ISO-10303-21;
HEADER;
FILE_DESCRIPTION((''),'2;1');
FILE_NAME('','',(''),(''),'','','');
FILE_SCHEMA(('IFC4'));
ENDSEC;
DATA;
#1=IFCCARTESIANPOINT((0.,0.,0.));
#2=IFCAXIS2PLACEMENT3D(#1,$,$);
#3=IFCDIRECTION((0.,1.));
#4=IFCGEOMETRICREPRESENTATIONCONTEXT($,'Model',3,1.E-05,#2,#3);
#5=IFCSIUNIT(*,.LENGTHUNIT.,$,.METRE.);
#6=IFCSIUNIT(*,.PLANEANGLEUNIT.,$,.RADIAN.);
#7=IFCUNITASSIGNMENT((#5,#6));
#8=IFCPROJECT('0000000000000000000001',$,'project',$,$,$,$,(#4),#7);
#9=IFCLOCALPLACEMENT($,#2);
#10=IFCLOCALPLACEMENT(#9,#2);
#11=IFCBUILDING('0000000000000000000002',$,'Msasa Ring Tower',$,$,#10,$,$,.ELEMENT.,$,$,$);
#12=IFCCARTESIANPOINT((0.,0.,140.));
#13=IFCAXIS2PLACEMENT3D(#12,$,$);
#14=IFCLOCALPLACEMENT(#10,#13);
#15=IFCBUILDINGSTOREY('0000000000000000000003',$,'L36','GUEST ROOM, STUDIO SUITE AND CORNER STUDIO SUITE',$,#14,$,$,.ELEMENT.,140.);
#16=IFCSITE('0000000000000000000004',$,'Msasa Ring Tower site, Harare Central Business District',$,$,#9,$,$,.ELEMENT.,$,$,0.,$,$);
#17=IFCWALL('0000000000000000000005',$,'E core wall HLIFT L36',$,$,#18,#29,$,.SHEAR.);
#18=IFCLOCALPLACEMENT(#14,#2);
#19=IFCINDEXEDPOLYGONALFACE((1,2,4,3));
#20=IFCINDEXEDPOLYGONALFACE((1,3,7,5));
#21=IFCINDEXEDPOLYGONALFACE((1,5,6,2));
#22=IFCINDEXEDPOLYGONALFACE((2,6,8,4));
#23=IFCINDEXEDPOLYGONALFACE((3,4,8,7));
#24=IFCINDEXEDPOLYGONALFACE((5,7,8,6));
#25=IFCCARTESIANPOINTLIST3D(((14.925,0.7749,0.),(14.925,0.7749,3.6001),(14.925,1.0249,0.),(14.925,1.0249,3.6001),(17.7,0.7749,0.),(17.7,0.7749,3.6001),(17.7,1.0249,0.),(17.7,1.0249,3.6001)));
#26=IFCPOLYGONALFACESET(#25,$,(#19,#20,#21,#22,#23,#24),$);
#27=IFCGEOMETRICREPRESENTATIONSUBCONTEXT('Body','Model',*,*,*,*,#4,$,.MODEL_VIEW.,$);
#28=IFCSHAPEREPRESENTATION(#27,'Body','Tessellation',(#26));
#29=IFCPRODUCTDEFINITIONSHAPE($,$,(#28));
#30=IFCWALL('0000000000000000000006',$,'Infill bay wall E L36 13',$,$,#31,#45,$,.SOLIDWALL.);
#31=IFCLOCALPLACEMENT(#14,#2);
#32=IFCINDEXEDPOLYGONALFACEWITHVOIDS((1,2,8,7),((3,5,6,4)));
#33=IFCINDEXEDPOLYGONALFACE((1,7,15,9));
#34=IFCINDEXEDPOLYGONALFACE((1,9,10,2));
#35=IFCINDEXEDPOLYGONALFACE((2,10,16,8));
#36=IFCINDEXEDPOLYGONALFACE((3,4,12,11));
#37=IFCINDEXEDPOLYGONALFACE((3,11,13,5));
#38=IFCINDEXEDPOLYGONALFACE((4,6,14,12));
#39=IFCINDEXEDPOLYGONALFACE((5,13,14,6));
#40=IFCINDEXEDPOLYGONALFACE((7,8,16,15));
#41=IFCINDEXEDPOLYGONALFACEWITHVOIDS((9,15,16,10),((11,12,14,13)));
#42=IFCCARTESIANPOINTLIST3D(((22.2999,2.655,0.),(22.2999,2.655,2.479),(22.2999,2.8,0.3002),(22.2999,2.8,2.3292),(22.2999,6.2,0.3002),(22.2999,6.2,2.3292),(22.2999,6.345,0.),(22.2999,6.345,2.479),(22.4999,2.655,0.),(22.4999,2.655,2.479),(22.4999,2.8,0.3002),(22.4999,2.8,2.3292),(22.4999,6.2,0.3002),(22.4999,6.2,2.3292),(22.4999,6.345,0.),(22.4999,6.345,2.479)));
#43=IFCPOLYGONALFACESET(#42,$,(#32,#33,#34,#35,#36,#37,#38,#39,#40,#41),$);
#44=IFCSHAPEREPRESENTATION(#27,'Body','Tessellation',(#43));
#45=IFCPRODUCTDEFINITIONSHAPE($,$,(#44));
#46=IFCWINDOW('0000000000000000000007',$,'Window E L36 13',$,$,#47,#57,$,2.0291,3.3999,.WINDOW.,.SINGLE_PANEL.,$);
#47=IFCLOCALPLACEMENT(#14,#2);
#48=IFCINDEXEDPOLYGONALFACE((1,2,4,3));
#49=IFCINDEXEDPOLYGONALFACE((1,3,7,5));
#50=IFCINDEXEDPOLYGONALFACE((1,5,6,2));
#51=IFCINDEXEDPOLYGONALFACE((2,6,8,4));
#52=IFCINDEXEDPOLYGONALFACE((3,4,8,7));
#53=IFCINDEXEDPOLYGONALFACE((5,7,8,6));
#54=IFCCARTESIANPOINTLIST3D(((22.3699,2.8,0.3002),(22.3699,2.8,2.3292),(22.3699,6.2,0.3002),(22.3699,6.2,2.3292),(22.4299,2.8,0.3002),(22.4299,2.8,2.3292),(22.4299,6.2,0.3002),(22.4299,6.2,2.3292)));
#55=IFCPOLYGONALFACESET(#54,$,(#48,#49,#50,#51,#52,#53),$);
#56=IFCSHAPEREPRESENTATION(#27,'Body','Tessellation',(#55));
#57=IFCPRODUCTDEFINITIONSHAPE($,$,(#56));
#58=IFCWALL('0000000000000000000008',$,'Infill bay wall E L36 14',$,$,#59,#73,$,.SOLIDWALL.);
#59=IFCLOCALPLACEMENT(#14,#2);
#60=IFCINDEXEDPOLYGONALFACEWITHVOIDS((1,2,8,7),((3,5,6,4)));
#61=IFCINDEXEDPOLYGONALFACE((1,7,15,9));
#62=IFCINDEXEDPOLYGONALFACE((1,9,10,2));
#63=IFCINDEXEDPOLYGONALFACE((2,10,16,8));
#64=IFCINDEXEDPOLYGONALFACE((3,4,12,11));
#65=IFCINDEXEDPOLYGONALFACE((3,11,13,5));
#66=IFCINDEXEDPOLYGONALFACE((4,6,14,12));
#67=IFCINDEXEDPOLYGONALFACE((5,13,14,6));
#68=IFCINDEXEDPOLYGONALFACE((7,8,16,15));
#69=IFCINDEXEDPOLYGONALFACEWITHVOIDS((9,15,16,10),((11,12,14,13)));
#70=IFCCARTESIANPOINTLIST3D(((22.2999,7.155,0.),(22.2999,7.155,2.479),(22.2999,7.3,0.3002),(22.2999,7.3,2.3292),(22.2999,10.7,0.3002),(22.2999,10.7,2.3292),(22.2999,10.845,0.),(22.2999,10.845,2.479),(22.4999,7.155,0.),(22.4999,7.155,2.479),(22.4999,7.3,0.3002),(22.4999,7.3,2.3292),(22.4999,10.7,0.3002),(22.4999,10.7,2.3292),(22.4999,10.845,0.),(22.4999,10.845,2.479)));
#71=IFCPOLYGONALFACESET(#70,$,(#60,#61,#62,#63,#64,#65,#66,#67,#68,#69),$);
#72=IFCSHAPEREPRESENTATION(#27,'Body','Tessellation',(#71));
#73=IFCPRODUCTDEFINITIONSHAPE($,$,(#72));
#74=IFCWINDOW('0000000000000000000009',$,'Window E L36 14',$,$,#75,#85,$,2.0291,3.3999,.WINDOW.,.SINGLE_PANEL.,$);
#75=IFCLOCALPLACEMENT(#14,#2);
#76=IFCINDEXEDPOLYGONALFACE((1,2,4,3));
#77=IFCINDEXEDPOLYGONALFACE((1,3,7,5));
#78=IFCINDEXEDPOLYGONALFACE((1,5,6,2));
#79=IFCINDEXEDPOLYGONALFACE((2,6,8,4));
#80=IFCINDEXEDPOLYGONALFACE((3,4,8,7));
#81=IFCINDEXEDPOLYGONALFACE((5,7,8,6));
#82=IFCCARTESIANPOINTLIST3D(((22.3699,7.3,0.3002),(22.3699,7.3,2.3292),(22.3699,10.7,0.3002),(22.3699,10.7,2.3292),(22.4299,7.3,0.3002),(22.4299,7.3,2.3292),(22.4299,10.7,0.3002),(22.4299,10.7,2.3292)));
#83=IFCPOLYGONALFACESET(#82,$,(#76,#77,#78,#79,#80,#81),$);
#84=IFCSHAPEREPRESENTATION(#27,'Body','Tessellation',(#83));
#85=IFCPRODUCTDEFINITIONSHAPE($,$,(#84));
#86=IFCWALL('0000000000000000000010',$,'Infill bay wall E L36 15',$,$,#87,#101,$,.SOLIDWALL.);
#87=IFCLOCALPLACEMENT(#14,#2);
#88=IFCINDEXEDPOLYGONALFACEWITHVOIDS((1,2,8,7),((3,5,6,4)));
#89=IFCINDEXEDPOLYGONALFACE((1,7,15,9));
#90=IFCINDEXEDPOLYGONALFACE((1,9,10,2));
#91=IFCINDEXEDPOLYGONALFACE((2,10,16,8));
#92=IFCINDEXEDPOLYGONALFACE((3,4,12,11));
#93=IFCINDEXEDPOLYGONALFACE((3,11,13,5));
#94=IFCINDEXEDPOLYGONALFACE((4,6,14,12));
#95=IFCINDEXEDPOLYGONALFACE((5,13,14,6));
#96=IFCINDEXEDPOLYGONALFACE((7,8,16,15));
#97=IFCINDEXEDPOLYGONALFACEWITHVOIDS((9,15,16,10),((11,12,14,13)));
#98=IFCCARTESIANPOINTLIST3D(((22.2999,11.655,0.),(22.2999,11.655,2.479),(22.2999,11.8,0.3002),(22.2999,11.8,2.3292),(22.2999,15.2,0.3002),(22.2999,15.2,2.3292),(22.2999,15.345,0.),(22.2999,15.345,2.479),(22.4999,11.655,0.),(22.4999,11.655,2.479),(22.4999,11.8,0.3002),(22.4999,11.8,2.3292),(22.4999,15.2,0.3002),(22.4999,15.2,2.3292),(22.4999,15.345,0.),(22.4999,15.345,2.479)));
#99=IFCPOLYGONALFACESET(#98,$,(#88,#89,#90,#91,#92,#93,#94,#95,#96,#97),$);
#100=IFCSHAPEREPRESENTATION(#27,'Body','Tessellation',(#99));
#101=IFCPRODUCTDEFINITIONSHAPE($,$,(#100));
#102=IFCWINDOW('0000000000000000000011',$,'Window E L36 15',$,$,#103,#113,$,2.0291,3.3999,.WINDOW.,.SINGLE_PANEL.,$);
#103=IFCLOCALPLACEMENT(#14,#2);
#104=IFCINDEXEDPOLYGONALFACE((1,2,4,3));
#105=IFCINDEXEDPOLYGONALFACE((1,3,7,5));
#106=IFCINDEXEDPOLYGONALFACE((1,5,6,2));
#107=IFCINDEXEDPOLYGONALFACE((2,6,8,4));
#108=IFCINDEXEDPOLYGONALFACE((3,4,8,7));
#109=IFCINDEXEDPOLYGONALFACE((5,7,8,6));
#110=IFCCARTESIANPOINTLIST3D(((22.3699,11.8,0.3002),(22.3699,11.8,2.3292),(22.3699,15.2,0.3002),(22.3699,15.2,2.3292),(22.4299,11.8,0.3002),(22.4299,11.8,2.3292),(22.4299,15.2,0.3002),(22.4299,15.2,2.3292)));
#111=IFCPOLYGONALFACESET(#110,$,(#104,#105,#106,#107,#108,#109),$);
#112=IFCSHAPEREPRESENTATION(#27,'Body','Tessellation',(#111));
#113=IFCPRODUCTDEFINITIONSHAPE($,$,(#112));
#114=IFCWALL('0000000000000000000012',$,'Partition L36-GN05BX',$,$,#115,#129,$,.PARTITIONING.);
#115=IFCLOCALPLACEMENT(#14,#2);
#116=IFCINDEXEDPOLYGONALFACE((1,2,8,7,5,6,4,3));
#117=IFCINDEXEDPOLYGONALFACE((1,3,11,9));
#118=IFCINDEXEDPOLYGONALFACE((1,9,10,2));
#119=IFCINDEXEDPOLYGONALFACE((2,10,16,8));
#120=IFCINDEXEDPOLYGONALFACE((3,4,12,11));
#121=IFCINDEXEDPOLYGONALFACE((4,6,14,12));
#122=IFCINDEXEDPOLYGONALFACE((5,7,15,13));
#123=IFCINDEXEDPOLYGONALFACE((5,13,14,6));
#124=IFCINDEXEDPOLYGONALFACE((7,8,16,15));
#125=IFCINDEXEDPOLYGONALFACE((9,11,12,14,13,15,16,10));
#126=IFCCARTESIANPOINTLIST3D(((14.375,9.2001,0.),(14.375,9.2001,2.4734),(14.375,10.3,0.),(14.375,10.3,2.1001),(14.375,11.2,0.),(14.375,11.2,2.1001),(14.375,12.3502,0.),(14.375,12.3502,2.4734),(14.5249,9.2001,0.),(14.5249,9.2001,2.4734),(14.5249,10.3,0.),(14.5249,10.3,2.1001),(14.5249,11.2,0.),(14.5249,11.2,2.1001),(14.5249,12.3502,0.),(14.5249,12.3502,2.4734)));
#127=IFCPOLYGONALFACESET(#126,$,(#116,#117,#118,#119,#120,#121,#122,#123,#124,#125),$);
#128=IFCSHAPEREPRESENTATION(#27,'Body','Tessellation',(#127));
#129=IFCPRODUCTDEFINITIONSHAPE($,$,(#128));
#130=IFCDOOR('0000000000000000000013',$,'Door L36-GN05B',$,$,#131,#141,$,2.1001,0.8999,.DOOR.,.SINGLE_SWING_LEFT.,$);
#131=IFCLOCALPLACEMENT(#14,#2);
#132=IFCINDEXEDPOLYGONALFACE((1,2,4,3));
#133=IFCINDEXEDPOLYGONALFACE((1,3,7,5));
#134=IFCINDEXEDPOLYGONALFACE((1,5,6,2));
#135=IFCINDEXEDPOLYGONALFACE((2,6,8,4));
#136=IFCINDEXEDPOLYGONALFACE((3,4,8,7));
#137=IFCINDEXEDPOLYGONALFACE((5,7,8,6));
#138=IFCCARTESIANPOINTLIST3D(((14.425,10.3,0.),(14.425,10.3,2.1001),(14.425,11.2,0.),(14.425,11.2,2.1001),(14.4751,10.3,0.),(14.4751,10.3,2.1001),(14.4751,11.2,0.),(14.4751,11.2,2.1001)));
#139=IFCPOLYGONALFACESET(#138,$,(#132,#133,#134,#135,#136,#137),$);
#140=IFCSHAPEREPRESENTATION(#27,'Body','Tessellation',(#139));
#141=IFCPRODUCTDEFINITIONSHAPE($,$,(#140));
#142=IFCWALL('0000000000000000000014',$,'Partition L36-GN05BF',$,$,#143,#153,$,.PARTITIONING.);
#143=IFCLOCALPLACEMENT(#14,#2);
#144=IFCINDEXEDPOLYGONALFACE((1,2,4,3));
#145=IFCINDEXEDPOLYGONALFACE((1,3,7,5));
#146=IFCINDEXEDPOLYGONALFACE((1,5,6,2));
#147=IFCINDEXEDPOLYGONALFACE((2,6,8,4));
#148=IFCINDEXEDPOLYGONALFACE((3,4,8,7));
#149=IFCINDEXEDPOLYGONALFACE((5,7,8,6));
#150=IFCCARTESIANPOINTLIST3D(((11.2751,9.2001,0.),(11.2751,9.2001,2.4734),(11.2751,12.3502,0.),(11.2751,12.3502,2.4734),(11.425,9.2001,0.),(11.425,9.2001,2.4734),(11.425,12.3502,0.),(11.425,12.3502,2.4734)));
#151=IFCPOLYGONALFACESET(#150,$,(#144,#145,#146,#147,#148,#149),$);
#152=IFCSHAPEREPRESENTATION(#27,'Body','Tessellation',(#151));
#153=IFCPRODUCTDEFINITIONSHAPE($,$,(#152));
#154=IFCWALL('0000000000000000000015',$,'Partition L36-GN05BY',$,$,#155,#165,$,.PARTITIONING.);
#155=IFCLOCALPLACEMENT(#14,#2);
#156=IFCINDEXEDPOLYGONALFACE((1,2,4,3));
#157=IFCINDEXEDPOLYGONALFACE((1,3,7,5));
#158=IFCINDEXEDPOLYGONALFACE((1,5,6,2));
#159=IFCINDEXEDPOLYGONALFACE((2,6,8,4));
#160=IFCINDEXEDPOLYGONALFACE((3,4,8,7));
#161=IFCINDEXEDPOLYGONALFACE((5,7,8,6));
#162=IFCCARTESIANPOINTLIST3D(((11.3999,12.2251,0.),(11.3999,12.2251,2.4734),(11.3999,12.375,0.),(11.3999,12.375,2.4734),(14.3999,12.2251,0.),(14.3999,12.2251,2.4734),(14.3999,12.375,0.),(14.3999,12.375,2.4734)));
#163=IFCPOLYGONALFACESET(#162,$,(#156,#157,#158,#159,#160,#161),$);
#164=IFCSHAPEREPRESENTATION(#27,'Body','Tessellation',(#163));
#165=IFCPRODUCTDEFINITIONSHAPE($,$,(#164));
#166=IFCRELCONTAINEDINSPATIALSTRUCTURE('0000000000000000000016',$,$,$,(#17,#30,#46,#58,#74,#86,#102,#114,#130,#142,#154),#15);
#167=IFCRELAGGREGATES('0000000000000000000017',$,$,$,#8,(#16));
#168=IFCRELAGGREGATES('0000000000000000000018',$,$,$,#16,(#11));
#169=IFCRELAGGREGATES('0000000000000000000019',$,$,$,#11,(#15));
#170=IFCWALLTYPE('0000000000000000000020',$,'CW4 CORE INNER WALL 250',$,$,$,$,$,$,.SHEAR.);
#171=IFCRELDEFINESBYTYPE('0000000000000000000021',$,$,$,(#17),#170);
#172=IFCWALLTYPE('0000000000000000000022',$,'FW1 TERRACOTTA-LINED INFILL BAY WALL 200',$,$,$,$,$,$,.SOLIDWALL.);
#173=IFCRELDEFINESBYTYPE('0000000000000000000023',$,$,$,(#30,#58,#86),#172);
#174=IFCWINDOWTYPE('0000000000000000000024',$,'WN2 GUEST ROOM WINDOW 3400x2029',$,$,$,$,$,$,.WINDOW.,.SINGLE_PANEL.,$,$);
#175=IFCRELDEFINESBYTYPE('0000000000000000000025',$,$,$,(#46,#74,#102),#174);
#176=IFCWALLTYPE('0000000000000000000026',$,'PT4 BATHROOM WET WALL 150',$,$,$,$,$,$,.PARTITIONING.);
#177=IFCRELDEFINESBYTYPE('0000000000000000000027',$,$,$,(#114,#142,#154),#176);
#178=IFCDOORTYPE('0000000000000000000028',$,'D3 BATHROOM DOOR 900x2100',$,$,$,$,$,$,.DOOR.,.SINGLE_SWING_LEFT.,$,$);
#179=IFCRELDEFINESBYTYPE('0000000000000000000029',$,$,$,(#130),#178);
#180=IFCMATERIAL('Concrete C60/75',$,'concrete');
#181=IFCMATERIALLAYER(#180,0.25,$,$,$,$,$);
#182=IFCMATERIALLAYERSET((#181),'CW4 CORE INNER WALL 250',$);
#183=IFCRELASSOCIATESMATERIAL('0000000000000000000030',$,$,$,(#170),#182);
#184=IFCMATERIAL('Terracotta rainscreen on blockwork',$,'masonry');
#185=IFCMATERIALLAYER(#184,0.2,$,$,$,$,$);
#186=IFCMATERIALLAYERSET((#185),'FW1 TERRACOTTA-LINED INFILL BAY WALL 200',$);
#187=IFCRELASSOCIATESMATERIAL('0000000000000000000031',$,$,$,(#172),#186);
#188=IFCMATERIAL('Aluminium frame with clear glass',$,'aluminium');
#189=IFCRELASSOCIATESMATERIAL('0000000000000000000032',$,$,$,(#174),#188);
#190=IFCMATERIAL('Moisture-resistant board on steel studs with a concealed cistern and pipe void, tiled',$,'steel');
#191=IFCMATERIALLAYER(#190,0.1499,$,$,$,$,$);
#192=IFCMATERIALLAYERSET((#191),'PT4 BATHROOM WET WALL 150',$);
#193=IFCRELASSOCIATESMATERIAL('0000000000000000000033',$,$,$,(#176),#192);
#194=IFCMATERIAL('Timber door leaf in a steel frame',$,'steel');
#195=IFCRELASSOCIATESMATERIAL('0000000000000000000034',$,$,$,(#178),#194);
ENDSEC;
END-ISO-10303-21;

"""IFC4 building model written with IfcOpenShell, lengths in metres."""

from ifc_helpers import new_model, si_unit, direction, frame, frame_2d, origin, place, context, subcontext, project, spatial, rectangle, extrude, material, layer, layer_set, type_object, element, fill, save


model = new_model("IFC4")

# Units and contexts
model_context = context("Model", 3, precision=1e-05, world=origin(), true_north=direction((0.0, 1.0)))
body_context = subcontext(model_context, "Body", "Model", "MODEL_VIEW")
ifc_project = project(units=[si_unit("LENGTHUNIT", "METRE"), si_unit("PLANEANGLEUNIT", "RADIAN")], contexts=[model_context])

# Site, building, storey
site_placement = place(None, origin())
site = spatial("IfcSite", under=ifc_project, at=site_placement, Name="Msasa Ring Tower site, Harare Central Business District", CompositionType="ELEMENT", RefElevation=0.0)
building_placement = place(site_placement, origin())
building = spatial("IfcBuilding", under=site, at=building_placement, Name="Msasa Ring Tower", CompositionType="ELEMENT")
storey_placement = place(building_placement, frame((0.0, 0.0, 140.0)))
storey = spatial("IfcBuildingStorey", under=building, at=storey_placement, Name="L36", Description="GUEST ROOM, STUDIO SUITE AND CORNER STUDIO SUITE", CompositionType="ELEMENT", Elevation=140.0)

# Wall
ifc_material_1 = material(Name="Concrete C60/75", Category="concrete")
ifc_layer_1 = layer(ifc_material_1, 0.25)
ifc_layer_set_1 = layer_set([ifc_layer_1], Name="CW4 CORE INNER WALL 250")
wall_type_1 = type_object("IfcWallType", Name="CW4 CORE INNER WALL 250", PredefinedType="SHEAR", material=ifc_layer_set_1)
wall_1_placement = place(storey_placement, frame((14.925, 0.8999, 0.0), z_axis=(0.0, 0.0, 1.0), x_axis=(1.0, 0.0, 0.0)))
element("IfcWall", 1, at=wall_1_placement, inside=storey, type_object=wall_type_1, Name="E core wall HLIFT L36", PredefinedType="SHEAR", context=body_context, shape_type="SweptSolid", body=[
    extrude(rectangle(XDim=2.7749, YDim=0.25, at=frame_2d((1.3875, 0.0))), origin(), (0.0, 0.0, 1.0), 3.6001),
])

# Walls, openings, windows
ifc_material_2 = material(Name="Terracotta rainscreen on blockwork", Category="masonry")
ifc_layer_2 = layer(ifc_material_2, 0.2)
ifc_layer_set_2 = layer_set([ifc_layer_2], Name="FW1 TERRACOTTA-LINED INFILL BAY WALL 200")
wall_type_2 = type_object("IfcWallType", Name="FW1 TERRACOTTA-LINED INFILL BAY WALL 200", PredefinedType="SOLIDWALL", material=ifc_layer_set_2)
wall_2_placement = place(storey_placement, frame((22.3999, 2.655, 0.0), z_axis=(0.0, 0.0, 1.0), x_axis=(0.0, 1.0, 0.0)))
wall_2 = element("IfcWall", 2, at=wall_2_placement, inside=storey, type_object=wall_type_2, Name="Infill bay wall E L36 13", PredefinedType="SOLIDWALL", context=body_context, shape_type="SweptSolid", body=[
    extrude(rectangle(XDim=3.6899, YDim=0.2, at=frame_2d((1.845, 0.0))), origin(), (0.0, 0.0, 1.0), 2.479),
])
opening_1_placement = place(wall_2_placement, frame((0.145, 0.0, 0.3)))
opening_1 = element("IfcOpeningElement", 3, at=opening_1_placement, cuts=wall_2, PredefinedType="OPENING", context=body_context, shape_type="SweptSolid", body=[
    extrude(rectangle(XDim=3.3999, YDim=2.0291, at=frame_2d((1.7, 1.0146))), frame((0.0, 0.1099, 0.0), z_axis=(0.0, -1.0, 0.0), x_axis=(1.0, 0.0, 0.0)), (0.0, 0.0, 1.0), 0.22),
])
ifc_material_3 = material(Name="Aluminium frame with clear glass", Category="aluminium")
window_type = type_object("IfcWindowType", Name="WN2 GUEST ROOM WINDOW 3400x2029", PartitioningType="SINGLE_PANEL", PredefinedType="WINDOW", material=ifc_material_3)
window_1_placement = place(opening_1_placement, origin())
window_1 = element("IfcWindow", 4, at=window_1_placement, inside=storey, type_object=window_type, Name="Window E L36 13", OverallHeight=2.0291, OverallWidth=3.3999, PartitioningType="SINGLE_PANEL", PredefinedType="WINDOW", context=body_context, shape_type="SweptSolid", body=[
    extrude(rectangle(XDim=3.3999, YDim=2.0291, at=frame_2d((1.7, 1.0146))), frame((0.0, 0.03, 0.0), z_axis=(0.0, -1.0, 0.0), x_axis=(1.0, 0.0, 0.0)), (0.0, 0.0, 1.0), 0.0601),
])
fill(opening_1, window_1)
wall_3_placement = place(storey_placement, frame((22.3999, 7.155, 0.0), z_axis=(0.0, 0.0, 1.0), x_axis=(0.0, 1.0, 0.0)))
wall_3 = element("IfcWall", 5, at=wall_3_placement, inside=storey, type_object=wall_type_2, Name="Infill bay wall E L36 14", PredefinedType="SOLIDWALL", context=body_context, shape_type="SweptSolid", body=[
    extrude(rectangle(XDim=3.6899, YDim=0.2, at=frame_2d((1.845, 0.0))), origin(), (0.0, 0.0, 1.0), 2.479),
])
opening_2_placement = place(wall_3_placement, frame((0.145, 0.0, 0.3)))
opening_2 = element("IfcOpeningElement", 6, at=opening_2_placement, cuts=wall_3, PredefinedType="OPENING", context=body_context, shape_type="SweptSolid", body=[
    extrude(rectangle(XDim=3.3999, YDim=2.0291, at=frame_2d((1.7, 1.0146))), frame((0.0, 0.1099, 0.0), z_axis=(0.0, -1.0, 0.0), x_axis=(1.0, 0.0, 0.0)), (0.0, 0.0, 1.0), 0.22),
])
window_2_placement = place(opening_2_placement, origin())
window_2 = element("IfcWindow", 7, at=window_2_placement, inside=storey, type_object=window_type, Name="Window E L36 14", OverallHeight=2.0291, OverallWidth=3.3999, PartitioningType="SINGLE_PANEL", PredefinedType="WINDOW", context=body_context, shape_type="SweptSolid", body=[
    extrude(rectangle(XDim=3.3999, YDim=2.0291, at=frame_2d((1.7, 1.0146))), frame((0.0, 0.03, 0.0), z_axis=(0.0, -1.0, 0.0), x_axis=(1.0, 0.0, 0.0)), (0.0, 0.0, 1.0), 0.0601),
])
fill(opening_2, window_2)
wall_4_placement = place(storey_placement, frame((22.3999, 11.655, 0.0), z_axis=(0.0, 0.0, 1.0), x_axis=(0.0, 1.0, 0.0)))
wall_4 = element("IfcWall", 8, at=wall_4_placement, inside=storey, type_object=wall_type_2, Name="Infill bay wall E L36 15", PredefinedType="SOLIDWALL", context=body_context, shape_type="SweptSolid", body=[
    extrude(rectangle(XDim=3.6899, YDim=0.2, at=frame_2d((1.845, 0.0))), origin(), (0.0, 0.0, 1.0), 2.479),
])
opening_3_placement = place(wall_4_placement, frame((0.145, 0.0, 0.3)))
opening_3 = element("IfcOpeningElement", 9, at=opening_3_placement, cuts=wall_4, PredefinedType="OPENING", context=body_context, shape_type="SweptSolid", body=[
    extrude(rectangle(XDim=3.3999, YDim=2.0291, at=frame_2d((1.7, 1.0146))), frame((0.0, 0.1099, 0.0), z_axis=(0.0, -1.0, 0.0), x_axis=(1.0, 0.0, 0.0)), (0.0, 0.0, 1.0), 0.22),
])
window_3_placement = place(opening_3_placement, origin())
window_3 = element("IfcWindow", 10, at=window_3_placement, inside=storey, type_object=window_type, Name="Window E L36 15", OverallHeight=2.0291, OverallWidth=3.3999, PartitioningType="SINGLE_PANEL", PredefinedType="WINDOW", context=body_context, shape_type="SweptSolid", body=[
    extrude(rectangle(XDim=3.3999, YDim=2.0291, at=frame_2d((1.7, 1.0146))), frame((0.0, 0.03, 0.0), z_axis=(0.0, -1.0, 0.0), x_axis=(1.0, 0.0, 0.0)), (0.0, 0.0, 1.0), 0.0601),
])
fill(opening_3, window_3)

# Wall, opening, door
ifc_material_4 = material(Name="Moisture-resistant board on steel studs with a concealed cistern and pipe void, tiled", Category="steel")
ifc_layer_3 = layer(ifc_material_4, 0.1499)
ifc_layer_set_3 = layer_set([ifc_layer_3], Name="PT4 BATHROOM WET WALL 150")
wall_type_3 = type_object("IfcWallType", Name="PT4 BATHROOM WET WALL 150", PredefinedType="PARTITIONING", material=ifc_layer_set_3)
wall_5_placement = place(storey_placement, frame((14.45, 9.2, 0.0), z_axis=(0.0, 0.0, 1.0), x_axis=(0.0, 1.0, 0.0)))
wall_5 = element("IfcWall", 11, at=wall_5_placement, inside=storey, type_object=wall_type_3, Name="Partition L36-GN05BX", PredefinedType="PARTITIONING", context=body_context, shape_type="SweptSolid", body=[
    extrude(rectangle(XDim=3.1501, YDim=0.1499, at=frame_2d((1.5752, 0.0))), origin(), (0.0, 0.0, 1.0), 2.4734),
])
opening_4_placement = place(wall_5_placement, frame((1.1001, 0.0, 0.0)))
opening_4 = element("IfcOpeningElement", 12, at=opening_4_placement, cuts=wall_5, PredefinedType="OPENING", context=body_context, shape_type="SweptSolid", body=[
    extrude(rectangle(XDim=0.8999, YDim=2.1001, at=frame_2d((0.45, 1.05))), frame((0.0, 0.085, 0.0), z_axis=(0.0, -1.0, 0.0), x_axis=(1.0, 0.0, 0.0)), (0.0, 0.0, 1.0), 0.1699),
])
ifc_material_5 = material(Name="Timber door leaf in a steel frame", Category="steel")
door_type = type_object("IfcDoorType", Name="D3 BATHROOM DOOR 900x2100", OperationType="SINGLE_SWING_LEFT", PredefinedType="DOOR", material=ifc_material_5)
door_1_placement = place(opening_4_placement, origin())
door_1 = element("IfcDoor", 13, at=door_1_placement, inside=storey, type_object=door_type, Name="Door L36-GN05B", OperationType="SINGLE_SWING_LEFT", OverallHeight=2.1001, OverallWidth=0.8999, PredefinedType="DOOR", context=body_context, shape_type="SweptSolid", body=[
    extrude(rectangle(XDim=0.8999, YDim=2.1001, at=frame_2d((0.45, 1.05))), frame((0.0, 0.0249, 0.0), z_axis=(0.0, -1.0, 0.0), x_axis=(1.0, 0.0, 0.0)), (0.0, 0.0, 1.0), 0.05),
])
fill(opening_4, door_1)

# Walls
wall_6_placement = place(storey_placement, frame((11.3501, 9.2, 0.0), z_axis=(0.0, 0.0, 1.0), x_axis=(0.0, 1.0, 0.0)))
element("IfcWall", 14, at=wall_6_placement, inside=storey, type_object=wall_type_3, Name="Partition L36-GN05BF", PredefinedType="PARTITIONING", context=body_context, shape_type="SweptSolid", body=[
    extrude(rectangle(XDim=3.1501, YDim=0.1499, at=frame_2d((1.5752, 0.0))), origin(), (0.0, 0.0, 1.0), 2.4734),
])
wall_7_placement = place(storey_placement, frame((11.3999, 12.3, 0.0), z_axis=(0.0, 0.0, 1.0), x_axis=(1.0, 0.0, 0.0)))
element("IfcWall", 15, at=wall_7_placement, inside=storey, type_object=wall_type_3, Name="Partition L36-GN05BY", PredefinedType="PARTITIONING", context=body_context, shape_type="SweptSolid", body=[
    extrude(rectangle(XDim=3.0, YDim=0.1499, at=frame_2d((1.5, 0.0))), origin(), (0.0, 0.0, 1.0), 2.4734),
])

save(model, "model.ifc")
